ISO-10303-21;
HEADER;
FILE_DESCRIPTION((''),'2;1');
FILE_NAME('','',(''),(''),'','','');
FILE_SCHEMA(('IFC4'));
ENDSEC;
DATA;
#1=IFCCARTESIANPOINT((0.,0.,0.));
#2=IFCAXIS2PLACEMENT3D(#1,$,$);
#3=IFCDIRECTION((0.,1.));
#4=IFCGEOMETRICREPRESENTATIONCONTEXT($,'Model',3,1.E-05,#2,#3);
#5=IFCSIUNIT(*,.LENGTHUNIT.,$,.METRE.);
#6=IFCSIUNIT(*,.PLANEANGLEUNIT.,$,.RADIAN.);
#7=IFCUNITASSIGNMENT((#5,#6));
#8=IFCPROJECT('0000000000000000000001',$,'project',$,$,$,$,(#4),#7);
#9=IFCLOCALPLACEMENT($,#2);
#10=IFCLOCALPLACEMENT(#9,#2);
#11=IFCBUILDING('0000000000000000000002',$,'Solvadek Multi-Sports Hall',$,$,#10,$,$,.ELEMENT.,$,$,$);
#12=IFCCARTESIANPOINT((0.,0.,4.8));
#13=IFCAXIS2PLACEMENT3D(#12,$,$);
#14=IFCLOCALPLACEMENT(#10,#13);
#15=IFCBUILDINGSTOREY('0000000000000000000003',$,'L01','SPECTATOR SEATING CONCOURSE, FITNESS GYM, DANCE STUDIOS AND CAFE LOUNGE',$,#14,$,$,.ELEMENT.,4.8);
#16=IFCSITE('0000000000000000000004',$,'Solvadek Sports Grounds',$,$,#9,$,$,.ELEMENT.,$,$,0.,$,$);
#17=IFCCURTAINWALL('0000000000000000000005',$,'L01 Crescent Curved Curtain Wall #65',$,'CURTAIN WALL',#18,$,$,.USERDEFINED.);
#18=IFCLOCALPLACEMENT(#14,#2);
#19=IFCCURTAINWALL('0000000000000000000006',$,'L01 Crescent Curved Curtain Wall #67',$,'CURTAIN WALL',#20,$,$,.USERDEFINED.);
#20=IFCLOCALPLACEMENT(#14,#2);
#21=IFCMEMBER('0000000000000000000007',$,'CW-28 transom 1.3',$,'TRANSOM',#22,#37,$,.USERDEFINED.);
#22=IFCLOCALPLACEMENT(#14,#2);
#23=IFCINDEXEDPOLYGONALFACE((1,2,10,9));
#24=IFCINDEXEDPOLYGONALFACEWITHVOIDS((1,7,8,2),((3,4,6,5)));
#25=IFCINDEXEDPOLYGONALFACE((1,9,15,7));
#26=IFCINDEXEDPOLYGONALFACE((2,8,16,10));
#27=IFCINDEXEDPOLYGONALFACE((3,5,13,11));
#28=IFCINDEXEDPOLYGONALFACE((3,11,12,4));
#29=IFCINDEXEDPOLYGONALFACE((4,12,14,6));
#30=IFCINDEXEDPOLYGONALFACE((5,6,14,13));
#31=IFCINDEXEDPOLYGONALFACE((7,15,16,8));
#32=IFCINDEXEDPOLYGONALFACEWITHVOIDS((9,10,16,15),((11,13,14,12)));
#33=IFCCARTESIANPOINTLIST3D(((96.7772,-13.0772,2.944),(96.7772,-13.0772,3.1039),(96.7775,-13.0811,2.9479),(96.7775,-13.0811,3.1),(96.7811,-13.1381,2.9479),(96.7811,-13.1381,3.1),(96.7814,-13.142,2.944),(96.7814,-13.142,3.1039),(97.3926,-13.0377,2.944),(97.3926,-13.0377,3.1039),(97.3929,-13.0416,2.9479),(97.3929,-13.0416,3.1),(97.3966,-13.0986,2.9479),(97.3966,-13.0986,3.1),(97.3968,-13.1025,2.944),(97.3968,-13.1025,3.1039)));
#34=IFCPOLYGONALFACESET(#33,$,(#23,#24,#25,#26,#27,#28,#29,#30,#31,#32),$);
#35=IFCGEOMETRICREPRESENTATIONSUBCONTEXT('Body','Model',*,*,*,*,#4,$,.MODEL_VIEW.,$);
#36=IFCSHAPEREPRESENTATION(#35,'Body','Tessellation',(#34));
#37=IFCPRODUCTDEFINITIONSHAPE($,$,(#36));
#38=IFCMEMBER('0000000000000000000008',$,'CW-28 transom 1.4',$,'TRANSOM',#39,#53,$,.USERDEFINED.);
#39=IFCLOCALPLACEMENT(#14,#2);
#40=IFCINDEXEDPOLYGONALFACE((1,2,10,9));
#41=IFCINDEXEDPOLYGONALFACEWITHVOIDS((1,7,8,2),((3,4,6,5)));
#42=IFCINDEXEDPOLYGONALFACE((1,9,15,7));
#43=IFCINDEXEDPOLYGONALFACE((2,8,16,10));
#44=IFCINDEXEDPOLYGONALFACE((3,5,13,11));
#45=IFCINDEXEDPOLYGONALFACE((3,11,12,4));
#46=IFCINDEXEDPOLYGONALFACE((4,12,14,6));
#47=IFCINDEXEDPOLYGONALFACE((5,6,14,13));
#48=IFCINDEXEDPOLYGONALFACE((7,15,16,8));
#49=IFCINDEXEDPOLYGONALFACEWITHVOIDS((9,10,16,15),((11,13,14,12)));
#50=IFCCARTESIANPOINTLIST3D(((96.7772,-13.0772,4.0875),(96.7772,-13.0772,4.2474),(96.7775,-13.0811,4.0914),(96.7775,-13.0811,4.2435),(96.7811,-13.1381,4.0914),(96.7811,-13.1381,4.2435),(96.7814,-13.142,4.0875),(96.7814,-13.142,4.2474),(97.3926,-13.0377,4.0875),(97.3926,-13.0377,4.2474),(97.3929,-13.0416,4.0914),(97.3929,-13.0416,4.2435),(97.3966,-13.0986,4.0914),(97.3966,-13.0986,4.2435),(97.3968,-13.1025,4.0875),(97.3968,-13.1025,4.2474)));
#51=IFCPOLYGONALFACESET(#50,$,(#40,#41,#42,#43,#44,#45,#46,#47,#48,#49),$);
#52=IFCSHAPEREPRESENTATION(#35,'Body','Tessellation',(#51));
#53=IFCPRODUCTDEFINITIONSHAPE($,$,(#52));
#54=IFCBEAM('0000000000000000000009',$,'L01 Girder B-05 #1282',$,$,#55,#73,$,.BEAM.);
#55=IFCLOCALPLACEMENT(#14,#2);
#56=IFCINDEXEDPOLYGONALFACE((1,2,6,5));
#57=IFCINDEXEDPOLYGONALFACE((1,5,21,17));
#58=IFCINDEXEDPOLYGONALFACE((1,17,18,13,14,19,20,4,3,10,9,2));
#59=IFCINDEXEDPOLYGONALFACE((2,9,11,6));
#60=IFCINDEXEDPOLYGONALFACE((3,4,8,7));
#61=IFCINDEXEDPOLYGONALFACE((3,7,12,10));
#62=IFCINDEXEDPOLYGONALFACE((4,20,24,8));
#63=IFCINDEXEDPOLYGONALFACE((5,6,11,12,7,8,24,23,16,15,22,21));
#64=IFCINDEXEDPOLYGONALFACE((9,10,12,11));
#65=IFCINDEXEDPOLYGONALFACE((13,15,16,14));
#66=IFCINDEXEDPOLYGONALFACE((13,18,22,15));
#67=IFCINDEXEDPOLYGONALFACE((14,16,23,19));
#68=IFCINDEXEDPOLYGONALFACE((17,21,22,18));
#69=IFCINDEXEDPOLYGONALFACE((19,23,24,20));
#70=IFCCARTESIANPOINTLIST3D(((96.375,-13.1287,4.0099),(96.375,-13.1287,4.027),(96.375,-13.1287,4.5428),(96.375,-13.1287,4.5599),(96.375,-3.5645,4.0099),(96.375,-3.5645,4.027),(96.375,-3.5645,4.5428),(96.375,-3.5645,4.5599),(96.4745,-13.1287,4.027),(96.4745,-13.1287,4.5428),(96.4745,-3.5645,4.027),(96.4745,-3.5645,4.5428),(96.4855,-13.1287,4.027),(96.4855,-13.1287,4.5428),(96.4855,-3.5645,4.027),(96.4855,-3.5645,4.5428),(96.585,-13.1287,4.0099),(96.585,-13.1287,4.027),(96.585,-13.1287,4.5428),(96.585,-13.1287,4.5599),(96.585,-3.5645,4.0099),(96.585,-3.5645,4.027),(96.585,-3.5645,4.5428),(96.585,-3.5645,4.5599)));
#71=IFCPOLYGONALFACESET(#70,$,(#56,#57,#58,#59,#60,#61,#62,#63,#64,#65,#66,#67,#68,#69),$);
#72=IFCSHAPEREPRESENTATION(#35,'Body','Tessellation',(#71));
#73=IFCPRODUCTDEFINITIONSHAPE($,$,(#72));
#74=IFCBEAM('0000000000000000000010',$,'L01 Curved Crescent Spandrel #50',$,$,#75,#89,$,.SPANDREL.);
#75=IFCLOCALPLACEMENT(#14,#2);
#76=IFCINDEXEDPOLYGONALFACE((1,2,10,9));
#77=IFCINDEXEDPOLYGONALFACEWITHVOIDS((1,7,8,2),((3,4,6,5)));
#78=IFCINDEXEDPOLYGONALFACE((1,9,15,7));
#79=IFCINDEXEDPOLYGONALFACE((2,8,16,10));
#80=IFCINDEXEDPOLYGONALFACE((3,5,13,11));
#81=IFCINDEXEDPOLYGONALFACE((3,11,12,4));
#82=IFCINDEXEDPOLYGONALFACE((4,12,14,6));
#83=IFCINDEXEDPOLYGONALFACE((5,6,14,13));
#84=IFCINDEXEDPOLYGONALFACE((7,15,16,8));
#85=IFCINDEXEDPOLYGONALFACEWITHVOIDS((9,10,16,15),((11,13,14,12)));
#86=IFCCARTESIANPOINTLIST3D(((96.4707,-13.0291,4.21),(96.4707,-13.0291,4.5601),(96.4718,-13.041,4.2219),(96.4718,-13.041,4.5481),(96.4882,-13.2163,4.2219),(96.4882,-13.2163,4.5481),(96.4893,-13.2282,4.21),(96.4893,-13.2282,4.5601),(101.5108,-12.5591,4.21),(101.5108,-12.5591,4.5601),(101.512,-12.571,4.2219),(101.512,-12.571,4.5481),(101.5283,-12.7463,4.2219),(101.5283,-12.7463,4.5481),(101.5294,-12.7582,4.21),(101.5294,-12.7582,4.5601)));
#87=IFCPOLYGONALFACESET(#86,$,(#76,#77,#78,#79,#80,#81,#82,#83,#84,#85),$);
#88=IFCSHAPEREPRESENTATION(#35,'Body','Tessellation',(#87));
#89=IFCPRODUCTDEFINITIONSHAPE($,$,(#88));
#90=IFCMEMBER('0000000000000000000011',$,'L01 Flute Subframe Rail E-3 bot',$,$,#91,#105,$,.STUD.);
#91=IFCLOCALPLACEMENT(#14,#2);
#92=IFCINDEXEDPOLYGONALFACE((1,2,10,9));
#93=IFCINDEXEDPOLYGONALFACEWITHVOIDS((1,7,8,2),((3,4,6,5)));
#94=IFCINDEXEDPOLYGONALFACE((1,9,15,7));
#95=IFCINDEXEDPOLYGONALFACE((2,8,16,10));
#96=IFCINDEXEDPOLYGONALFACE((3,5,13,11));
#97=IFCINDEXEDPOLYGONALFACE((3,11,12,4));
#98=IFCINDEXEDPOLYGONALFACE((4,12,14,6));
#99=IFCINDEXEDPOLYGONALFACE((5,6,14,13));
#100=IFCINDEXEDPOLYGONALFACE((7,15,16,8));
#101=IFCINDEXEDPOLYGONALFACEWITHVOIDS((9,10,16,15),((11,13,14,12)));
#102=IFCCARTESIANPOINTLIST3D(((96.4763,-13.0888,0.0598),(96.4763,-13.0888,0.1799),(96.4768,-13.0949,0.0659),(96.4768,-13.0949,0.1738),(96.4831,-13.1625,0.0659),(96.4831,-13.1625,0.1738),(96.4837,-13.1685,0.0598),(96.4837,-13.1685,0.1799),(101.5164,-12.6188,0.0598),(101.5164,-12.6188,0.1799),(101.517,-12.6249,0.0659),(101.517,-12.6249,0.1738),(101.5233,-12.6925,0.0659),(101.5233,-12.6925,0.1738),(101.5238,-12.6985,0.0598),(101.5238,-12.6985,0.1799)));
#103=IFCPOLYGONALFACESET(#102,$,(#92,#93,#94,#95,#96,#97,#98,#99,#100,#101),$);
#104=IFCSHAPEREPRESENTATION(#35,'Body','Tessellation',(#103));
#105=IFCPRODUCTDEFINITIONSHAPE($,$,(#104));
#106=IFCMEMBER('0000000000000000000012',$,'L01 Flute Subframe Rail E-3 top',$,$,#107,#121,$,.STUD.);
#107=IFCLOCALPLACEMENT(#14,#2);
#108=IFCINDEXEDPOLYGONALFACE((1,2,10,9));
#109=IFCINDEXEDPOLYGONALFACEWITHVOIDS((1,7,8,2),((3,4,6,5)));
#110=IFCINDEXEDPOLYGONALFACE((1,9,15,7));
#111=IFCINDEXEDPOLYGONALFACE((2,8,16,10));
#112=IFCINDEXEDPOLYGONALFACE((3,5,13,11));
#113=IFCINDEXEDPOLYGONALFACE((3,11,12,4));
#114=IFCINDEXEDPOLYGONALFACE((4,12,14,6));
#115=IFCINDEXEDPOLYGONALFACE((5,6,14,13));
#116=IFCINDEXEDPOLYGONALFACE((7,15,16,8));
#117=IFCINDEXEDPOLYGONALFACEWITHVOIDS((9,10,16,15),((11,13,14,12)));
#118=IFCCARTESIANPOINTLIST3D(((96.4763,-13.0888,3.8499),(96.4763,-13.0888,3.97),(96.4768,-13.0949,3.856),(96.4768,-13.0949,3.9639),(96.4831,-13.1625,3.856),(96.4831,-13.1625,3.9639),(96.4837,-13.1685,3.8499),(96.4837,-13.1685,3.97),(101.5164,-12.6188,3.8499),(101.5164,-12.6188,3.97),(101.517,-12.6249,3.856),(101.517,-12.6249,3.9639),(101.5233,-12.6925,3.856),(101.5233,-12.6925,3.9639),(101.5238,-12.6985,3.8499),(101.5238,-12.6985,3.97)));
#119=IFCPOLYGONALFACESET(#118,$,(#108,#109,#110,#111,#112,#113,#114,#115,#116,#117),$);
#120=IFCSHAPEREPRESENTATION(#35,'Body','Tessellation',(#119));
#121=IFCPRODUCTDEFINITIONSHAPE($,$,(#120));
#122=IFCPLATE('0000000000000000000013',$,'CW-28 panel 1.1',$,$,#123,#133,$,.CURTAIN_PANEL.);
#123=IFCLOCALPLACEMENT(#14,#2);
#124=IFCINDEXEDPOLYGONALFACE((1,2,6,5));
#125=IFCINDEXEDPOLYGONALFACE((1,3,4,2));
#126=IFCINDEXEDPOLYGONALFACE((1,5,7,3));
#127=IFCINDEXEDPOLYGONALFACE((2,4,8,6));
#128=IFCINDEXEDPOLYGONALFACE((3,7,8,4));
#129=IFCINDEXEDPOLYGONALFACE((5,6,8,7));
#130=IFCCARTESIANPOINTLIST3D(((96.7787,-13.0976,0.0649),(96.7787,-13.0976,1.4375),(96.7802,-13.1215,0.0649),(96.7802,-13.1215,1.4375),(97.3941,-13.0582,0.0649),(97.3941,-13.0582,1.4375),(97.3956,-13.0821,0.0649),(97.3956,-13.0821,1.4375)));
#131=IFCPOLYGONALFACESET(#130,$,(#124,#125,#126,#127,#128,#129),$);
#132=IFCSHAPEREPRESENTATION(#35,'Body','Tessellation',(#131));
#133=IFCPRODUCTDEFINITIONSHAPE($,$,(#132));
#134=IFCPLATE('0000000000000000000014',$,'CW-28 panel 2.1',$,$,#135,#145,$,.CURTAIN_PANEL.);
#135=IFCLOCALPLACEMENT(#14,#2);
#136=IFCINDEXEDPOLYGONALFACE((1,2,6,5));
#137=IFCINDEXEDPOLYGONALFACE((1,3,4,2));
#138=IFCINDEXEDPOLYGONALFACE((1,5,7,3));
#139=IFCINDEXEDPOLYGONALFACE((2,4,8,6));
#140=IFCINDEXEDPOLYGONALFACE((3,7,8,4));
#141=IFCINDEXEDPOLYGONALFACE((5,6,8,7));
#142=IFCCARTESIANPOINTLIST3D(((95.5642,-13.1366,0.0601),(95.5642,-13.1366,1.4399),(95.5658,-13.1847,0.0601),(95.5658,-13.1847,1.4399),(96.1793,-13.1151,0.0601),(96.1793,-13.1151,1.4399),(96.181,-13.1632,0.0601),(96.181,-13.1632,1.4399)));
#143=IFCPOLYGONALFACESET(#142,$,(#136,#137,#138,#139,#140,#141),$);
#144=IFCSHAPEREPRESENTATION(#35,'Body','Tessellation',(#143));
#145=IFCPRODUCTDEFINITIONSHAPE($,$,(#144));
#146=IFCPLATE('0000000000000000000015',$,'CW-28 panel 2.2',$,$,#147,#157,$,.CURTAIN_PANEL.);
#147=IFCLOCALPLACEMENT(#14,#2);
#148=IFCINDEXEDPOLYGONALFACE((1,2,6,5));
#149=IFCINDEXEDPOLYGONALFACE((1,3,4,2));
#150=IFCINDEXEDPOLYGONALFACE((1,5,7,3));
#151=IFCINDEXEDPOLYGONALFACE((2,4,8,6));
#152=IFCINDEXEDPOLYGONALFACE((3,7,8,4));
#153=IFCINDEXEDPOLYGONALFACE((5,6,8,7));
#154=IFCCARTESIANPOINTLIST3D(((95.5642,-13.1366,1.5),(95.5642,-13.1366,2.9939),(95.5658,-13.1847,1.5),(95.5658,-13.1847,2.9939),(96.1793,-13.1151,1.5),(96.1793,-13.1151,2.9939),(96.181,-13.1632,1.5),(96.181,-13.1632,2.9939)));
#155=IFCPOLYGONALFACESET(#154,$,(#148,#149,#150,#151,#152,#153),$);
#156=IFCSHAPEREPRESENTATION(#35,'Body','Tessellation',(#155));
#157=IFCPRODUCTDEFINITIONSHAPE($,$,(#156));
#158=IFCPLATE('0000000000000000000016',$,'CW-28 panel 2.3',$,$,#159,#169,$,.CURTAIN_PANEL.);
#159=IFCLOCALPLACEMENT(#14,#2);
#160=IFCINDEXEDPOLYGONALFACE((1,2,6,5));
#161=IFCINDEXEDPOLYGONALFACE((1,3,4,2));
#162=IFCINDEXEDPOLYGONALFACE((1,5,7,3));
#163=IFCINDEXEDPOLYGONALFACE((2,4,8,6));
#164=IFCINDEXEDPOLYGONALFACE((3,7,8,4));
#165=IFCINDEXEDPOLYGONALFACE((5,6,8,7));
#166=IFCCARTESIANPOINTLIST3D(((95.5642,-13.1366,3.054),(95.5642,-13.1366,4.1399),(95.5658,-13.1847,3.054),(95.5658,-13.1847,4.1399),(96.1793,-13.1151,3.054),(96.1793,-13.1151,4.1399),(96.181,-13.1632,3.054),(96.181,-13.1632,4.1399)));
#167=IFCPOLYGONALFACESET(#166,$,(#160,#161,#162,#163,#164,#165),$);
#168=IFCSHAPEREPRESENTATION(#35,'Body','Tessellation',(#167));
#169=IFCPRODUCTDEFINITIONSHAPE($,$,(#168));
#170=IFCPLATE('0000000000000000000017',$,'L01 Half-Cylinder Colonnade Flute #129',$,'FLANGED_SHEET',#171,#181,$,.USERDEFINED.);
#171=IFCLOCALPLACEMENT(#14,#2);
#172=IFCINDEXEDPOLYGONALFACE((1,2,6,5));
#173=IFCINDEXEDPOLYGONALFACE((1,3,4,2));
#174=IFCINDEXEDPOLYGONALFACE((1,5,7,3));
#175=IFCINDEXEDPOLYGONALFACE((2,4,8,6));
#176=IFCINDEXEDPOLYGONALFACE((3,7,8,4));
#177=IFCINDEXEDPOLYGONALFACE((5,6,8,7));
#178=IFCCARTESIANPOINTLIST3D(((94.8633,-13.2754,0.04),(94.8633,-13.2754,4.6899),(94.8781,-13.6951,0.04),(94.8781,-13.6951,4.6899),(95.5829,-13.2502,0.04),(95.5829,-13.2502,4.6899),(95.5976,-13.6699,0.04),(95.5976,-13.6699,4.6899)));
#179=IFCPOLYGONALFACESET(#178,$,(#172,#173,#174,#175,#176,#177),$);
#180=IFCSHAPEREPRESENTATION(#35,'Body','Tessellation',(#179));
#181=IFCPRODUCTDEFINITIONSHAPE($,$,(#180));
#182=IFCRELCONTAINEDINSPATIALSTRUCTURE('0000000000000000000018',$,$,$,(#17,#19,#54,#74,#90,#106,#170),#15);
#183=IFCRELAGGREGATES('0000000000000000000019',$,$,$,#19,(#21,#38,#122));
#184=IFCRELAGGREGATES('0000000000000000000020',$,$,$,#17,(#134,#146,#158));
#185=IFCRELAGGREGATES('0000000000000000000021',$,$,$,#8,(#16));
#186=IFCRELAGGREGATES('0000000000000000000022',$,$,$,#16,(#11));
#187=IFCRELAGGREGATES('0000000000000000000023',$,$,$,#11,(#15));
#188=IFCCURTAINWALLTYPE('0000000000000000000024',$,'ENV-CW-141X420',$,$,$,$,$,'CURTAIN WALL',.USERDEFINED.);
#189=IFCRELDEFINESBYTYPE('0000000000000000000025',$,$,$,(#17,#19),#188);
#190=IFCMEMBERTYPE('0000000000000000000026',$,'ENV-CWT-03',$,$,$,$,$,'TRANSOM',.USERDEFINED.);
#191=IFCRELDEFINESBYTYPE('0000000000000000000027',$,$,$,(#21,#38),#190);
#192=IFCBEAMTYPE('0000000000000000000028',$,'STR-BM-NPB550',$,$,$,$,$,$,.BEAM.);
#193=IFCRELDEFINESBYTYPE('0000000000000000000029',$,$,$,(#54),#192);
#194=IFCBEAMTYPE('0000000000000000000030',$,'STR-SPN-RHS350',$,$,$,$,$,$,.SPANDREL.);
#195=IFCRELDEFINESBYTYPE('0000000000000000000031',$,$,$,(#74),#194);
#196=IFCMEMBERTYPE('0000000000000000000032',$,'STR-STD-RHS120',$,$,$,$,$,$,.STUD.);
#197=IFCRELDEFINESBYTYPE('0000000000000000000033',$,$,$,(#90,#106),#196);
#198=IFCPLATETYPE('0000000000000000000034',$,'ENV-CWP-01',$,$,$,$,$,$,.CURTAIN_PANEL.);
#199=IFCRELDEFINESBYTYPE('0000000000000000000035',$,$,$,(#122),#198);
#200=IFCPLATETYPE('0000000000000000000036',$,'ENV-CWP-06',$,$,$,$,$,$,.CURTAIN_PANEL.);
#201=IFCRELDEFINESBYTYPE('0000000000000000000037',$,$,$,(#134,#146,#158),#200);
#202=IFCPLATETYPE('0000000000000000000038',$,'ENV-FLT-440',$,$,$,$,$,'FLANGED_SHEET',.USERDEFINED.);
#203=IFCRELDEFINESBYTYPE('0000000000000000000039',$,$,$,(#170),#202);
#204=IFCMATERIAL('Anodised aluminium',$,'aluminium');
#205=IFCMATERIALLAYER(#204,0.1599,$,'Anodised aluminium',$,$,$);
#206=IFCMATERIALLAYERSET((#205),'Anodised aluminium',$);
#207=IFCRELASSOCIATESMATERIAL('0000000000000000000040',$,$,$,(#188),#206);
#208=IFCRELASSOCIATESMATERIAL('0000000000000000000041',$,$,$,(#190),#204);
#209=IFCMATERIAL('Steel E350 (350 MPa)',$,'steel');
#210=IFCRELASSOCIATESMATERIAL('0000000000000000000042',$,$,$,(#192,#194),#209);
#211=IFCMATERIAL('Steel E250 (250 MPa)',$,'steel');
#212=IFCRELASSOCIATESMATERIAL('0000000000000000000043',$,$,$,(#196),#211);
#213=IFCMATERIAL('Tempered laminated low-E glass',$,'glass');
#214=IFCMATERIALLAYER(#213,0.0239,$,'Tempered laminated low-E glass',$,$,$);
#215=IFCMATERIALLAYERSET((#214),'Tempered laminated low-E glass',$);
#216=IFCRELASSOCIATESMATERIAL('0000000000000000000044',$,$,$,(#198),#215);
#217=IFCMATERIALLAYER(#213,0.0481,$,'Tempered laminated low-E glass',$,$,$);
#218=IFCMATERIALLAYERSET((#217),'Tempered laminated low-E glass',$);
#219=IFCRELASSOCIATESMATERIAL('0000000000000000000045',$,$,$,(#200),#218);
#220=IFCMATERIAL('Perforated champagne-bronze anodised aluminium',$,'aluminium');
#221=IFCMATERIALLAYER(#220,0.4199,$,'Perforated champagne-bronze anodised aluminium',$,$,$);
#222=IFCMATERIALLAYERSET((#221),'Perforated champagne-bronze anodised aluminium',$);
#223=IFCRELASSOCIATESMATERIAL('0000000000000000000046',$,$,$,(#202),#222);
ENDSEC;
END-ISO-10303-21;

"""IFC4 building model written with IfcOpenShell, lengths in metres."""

from ifc_helpers import new_model, si_unit, direction, frame, origin, origin_2d, place, context, subcontext, project, spatial, rectangle, hollow_rectangle, i_section, extrude, material, layer, layer_set, material_profile, profile_set, type_object, element, aggregate, save


model = new_model("IFC4")

# Units and contexts
model_context = context("Model", 3, precision=1e-05, world=origin(), true_north=direction((0.0, 1.0)))
body_context = subcontext(model_context, "Body", "Model", "MODEL_VIEW")
ifc_project = project(units=[si_unit("LENGTHUNIT", "METRE"), si_unit("PLANEANGLEUNIT", "RADIAN")], contexts=[model_context])

# Site, building, storey
site_placement = place(None, origin())
site = spatial("IfcSite", under=ifc_project, at=site_placement, Name="Solvadek Sports Grounds", CompositionType="ELEMENT", RefElevation=0.0)
building_placement = place(site_placement, origin())
building = spatial("IfcBuilding", under=site, at=building_placement, Name="Solvadek Multi-Sports Hall", CompositionType="ELEMENT")
storey_placement = place(building_placement, frame((0.0, 0.0, 4.8)))
storey = spatial("IfcBuildingStorey", under=building, at=storey_placement, Name="L01", Description="SPECTATOR SEATING CONCOURSE, FITNESS GYM, DANCE STUDIOS AND CAFE LOUNGE", CompositionType="ELEMENT", Elevation=4.8)

# Shared definitions
ifc_material_1 = material(Name="Steel E350 (350 MPa)", Category="steel")

# Curtain wall
ifc_material_2 = material(Name="Anodised aluminium", Category="aluminium")
ifc_layer_1 = layer(ifc_material_2, 0.1599, Name="Anodised aluminium")
ifc_layer_set_1 = layer_set([ifc_layer_1], Name="Anodised aluminium")
curtain_wall_type = type_object("IfcCurtainWallType", Name="ENV-CW-141X420", ElementType="CURTAIN WALL", PredefinedType="USERDEFINED", material=ifc_layer_set_1)
curtain_wall_1_placement = place(storey_placement, origin())
curtain_wall_1 = element("IfcCurtainWall", 1, at=curtain_wall_1_placement, inside=storey, type_object=curtain_wall_type, Name="L01 Crescent Curved Curtain Wall #65", ObjectType="CURTAIN WALL", PredefinedType="USERDEFINED")

# Curtain wall
curtain_wall_2_placement = place(storey_placement, origin())
curtain_wall_2 = element("IfcCurtainWall", 2, at=curtain_wall_2_placement, inside=storey, type_object=curtain_wall_type, Name="L01 Crescent Curved Curtain Wall #67", ObjectType="CURTAIN WALL", PredefinedType="USERDEFINED")

# Members
ifc_material_profile_1 = material_profile(ifc_material_2, hollow_rectangle(XDim=0.0649, YDim=0.1599, WallThickness=0.0039, at=origin_2d()), Name="ALU-T 160x65x4")
ifc_profile_set_1 = profile_set([ifc_material_profile_1], Name="Anodised aluminium")
member_type_1 = type_object("IfcMemberType", Name="ENV-CWT-03", ElementType="TRANSOM", PredefinedType="USERDEFINED", material=ifc_profile_set_1)
member_1_placement = place(storey_placement, frame((96.7793, -13.1096, 3.0239), z_axis=(0.997942, 0.064128, 0.0), x_axis=(-0.064128, 0.997942, 0.0)))
member_1 = element("IfcMember", 3, at=member_1_placement, type_object=member_type_1, Name="CW-28 transom 1.3", ObjectType="TRANSOM", PredefinedType="USERDEFINED", context=body_context, shape_type="SweptSolid", body=[
    extrude(hollow_rectangle(XDim=0.0649, YDim=0.1599, WallThickness=0.0039, at=origin_2d()), origin(), (0.0, 0.0, 1.0), 0.6167),
])
member_2_placement = place(storey_placement, frame((96.7793, -13.1096, 4.1675), z_axis=(0.997942, 0.064128, 0.0), x_axis=(-0.064128, 0.997942, 0.0)))
member_2 = element("IfcMember", 4, at=member_2_placement, type_object=member_type_1, Name="CW-28 transom 1.4", ObjectType="TRANSOM", PredefinedType="USERDEFINED", context=body_context, shape_type="SweptSolid", body=[
    extrude(hollow_rectangle(XDim=0.0649, YDim=0.1599, WallThickness=0.0039, at=origin_2d()), origin(), (0.0, 0.0, 1.0), 0.6167),
])

# Beams
ifc_material_profile_2 = material_profile(ifc_material_1, i_section(OverallWidth=0.21, OverallDepth=0.55, WebThickness=0.011, FlangeThickness=0.0171, at=origin_2d()), Name="NPB 550")
ifc_profile_set_2 = profile_set([ifc_material_profile_2], Name="Steel E350 (350 MPa)")
beam_type_1 = type_object("IfcBeamType", Name="STR-BM-NPB550", PredefinedType="BEAM", material=ifc_profile_set_2)
beam_1_placement = place(storey_placement, frame((96.48, -13.1287, 4.2849), z_axis=(0.0, 1.0, 0.0), x_axis=(-1.0, 0.0, 0.0)))
element("IfcBeam", 5, at=beam_1_placement, inside=storey, type_object=beam_type_1, Name="L01 Girder B-05 #1282", PredefinedType="BEAM", context=body_context, shape_type="SweptSolid", body=[
    extrude(i_section(OverallWidth=0.21, OverallDepth=0.55, WebThickness=0.011, FlangeThickness=0.0171, at=origin_2d()), origin(), (0.0, 0.0, 1.0), 9.5642),
])
ifc_material_profile_3 = material_profile(ifc_material_1, hollow_rectangle(XDim=0.2, YDim=0.3501, WallThickness=0.012, at=origin_2d()), Name="RHS 350x200x12")
ifc_profile_set_3 = profile_set([ifc_material_profile_3], Name="Steel E350 (350 MPa)")
beam_type_2 = type_object("IfcBeamType", Name="STR-SPN-RHS350", PredefinedType="SPANDREL", material=ifc_profile_set_3)
beam_2_placement = place(storey_placement, frame((96.48, -13.1287, 4.385), z_axis=(0.995681, 0.092845, 0.0), x_axis=(-0.092845, 0.995681, 0.0)))
element("IfcBeam", 6, at=beam_2_placement, inside=storey, type_object=beam_type_2, Name="L01 Curved Crescent Spandrel #50", PredefinedType="SPANDREL", context=body_context, shape_type="SweptSolid", body=[
    extrude(hollow_rectangle(XDim=0.2, YDim=0.3501, WallThickness=0.012, at=origin_2d()), origin(), (0.0, 0.0, 1.0), 5.062),
])

# Members
ifc_material_3 = material(Name="Steel E250 (250 MPa)", Category="steel")
ifc_material_profile_4 = material_profile(ifc_material_3, hollow_rectangle(XDim=0.0801, YDim=0.1201, WallThickness=0.0061, at=origin_2d()), Name="RHS 120x80x6")
ifc_profile_set_4 = profile_set([ifc_material_profile_4], Name="Steel E250 (250 MPa)")
member_type_2 = type_object("IfcMemberType", Name="STR-STD-RHS120", PredefinedType="STUD", material=ifc_profile_set_4)
for number, where, z_axis, x_axis, name in (
    (7, (96.48, -13.1287, 0.1199), (0.995681, 0.092845, 0.0), (-0.092845, 0.995681, 0.0), "L01 Flute Subframe Rail E-3 bot"),
    (8, (96.48, -13.1287, 3.9099), (0.995681, 0.092845, 0.0), (-0.092845, 0.995681, 0.0), "L01 Flute Subframe Rail E-3 top"),
):
    element("IfcMember", number, at=place(storey_placement, frame(where, z_axis=z_axis, x_axis=x_axis)), inside=storey, type_object=member_type_2, Name=name, PredefinedType="STUD", context=body_context, shape_type="SweptSolid", body=[
        extrude(hollow_rectangle(XDim=0.0801, YDim=0.1201, WallThickness=0.0061, at=origin_2d()), origin(), (0.0, 0.0, 1.0), 5.062),
    ])

# Plates
ifc_material_4 = material(Name="Tempered laminated low-E glass", Category="glass")
ifc_layer_2 = layer(ifc_material_4, 0.0239, Name="Tempered laminated low-E glass")
ifc_layer_set_2 = layer_set([ifc_layer_2], Name="Tempered laminated low-E glass")
plate_type_1 = type_object("IfcPlateType", Name="ENV-CWP-01", PredefinedType="CURTAIN_PANEL", material=ifc_layer_set_2)
plate_1_placement = place(storey_placement, frame((97.0872, -13.0898, 0.0649), z_axis=(0.0, 0.0, 1.0), x_axis=(0.997953, 0.063955, 0.0)))
plate_1 = element("IfcPlate", 9, at=plate_1_placement, type_object=plate_type_1, Name="CW-28 panel 1.1", PredefinedType="CURTAIN_PANEL", context=body_context, shape_type="SweptSolid", body=[
    extrude(rectangle(XDim=0.6167, YDim=0.0239, at=origin_2d()), origin(), (0.0, 0.0, 1.0), 1.3726),
])
aggregate(curtain_wall_2, [member_1, member_2, plate_1])
ifc_layer_3 = layer(ifc_material_4, 0.0481, Name="Tempered laminated low-E glass")
ifc_layer_set_3 = layer_set([ifc_layer_3], Name="Tempered laminated low-E glass")
plate_type_2 = type_object("IfcPlateType", Name="ENV-CWP-06", PredefinedType="CURTAIN_PANEL", material=ifc_layer_set_3)
plate_2_placement = place(storey_placement, frame((95.8726, -13.1499, 0.0601), z_axis=(0.0, 0.0, 1.0), x_axis=(0.999387, 0.035011, 0.0)))
plate_2 = element("IfcPlate", 10, at=plate_2_placement, type_object=plate_type_2, Name="CW-28 panel 2.1", PredefinedType="CURTAIN_PANEL", context=body_context, shape_type="SweptSolid", body=[
    extrude(rectangle(XDim=0.6155, YDim=0.0481, at=origin_2d()), origin(), (0.0, 0.0, 1.0), 1.3799),
])
plate_3_placement = place(storey_placement, frame((95.8726, -13.1499, 1.5), z_axis=(0.0, 0.0, 1.0), x_axis=(0.999387, 0.035011, 0.0)))
plate_3 = element("IfcPlate", 11, at=plate_3_placement, type_object=plate_type_2, Name="CW-28 panel 2.2", PredefinedType="CURTAIN_PANEL", context=body_context, shape_type="SweptSolid", body=[
    extrude(rectangle(XDim=0.6155, YDim=0.0481, at=origin_2d()), origin(), (0.0, 0.0, 1.0), 1.4939),
])
plate_4_placement = place(storey_placement, frame((95.8726, -13.1499, 3.054), z_axis=(0.0, 0.0, 1.0), x_axis=(0.999387, 0.035011, 0.0)))
plate_4 = element("IfcPlate", 12, at=plate_4_placement, type_object=plate_type_2, Name="CW-28 panel 2.3", PredefinedType="CURTAIN_PANEL", context=body_context, shape_type="SweptSolid", body=[
    extrude(rectangle(XDim=0.6155, YDim=0.0481, at=origin_2d()), origin(), (0.0, 0.0, 1.0), 1.0859),
])
aggregate(curtain_wall_1, [plate_2, plate_3, plate_4])

# Plate
ifc_material_5 = material(Name="Perforated champagne-bronze anodised aluminium", Category="aluminium")
ifc_layer_4 = layer(ifc_material_5, 0.4199, Name="Perforated champagne-bronze anodised aluminium")
ifc_layer_set_4 = layer_set([ifc_layer_4], Name="Perforated champagne-bronze anodised aluminium")
plate_type_3 = type_object("IfcPlateType", Name="ENV-FLT-440", ElementType="FLANGED_SHEET", PredefinedType="USERDEFINED", material=ifc_layer_set_4)
for number, where, z_axis, x_axis, name in (
    (13, (95.2305, -13.4727, 0.04), (0.0, 0.0, 1.0), (0.999386, 0.035038, 0.0), "L01 Half-Cylinder Colonnade Flute #129"),
):
    element("IfcPlate", number, at=place(storey_placement, frame(where, z_axis=z_axis, x_axis=x_axis)), inside=storey, type_object=plate_type_3, Name=name, ObjectType="FLANGED_SHEET", PredefinedType="USERDEFINED", context=body_context, shape_type="SweptSolid", body=[
        extrude(rectangle(XDim=0.72, YDim=0.4199, at=origin_2d()), origin(), (0.0, 0.0, 1.0), 4.6499),
    ])

save(model, "model.ifc")
